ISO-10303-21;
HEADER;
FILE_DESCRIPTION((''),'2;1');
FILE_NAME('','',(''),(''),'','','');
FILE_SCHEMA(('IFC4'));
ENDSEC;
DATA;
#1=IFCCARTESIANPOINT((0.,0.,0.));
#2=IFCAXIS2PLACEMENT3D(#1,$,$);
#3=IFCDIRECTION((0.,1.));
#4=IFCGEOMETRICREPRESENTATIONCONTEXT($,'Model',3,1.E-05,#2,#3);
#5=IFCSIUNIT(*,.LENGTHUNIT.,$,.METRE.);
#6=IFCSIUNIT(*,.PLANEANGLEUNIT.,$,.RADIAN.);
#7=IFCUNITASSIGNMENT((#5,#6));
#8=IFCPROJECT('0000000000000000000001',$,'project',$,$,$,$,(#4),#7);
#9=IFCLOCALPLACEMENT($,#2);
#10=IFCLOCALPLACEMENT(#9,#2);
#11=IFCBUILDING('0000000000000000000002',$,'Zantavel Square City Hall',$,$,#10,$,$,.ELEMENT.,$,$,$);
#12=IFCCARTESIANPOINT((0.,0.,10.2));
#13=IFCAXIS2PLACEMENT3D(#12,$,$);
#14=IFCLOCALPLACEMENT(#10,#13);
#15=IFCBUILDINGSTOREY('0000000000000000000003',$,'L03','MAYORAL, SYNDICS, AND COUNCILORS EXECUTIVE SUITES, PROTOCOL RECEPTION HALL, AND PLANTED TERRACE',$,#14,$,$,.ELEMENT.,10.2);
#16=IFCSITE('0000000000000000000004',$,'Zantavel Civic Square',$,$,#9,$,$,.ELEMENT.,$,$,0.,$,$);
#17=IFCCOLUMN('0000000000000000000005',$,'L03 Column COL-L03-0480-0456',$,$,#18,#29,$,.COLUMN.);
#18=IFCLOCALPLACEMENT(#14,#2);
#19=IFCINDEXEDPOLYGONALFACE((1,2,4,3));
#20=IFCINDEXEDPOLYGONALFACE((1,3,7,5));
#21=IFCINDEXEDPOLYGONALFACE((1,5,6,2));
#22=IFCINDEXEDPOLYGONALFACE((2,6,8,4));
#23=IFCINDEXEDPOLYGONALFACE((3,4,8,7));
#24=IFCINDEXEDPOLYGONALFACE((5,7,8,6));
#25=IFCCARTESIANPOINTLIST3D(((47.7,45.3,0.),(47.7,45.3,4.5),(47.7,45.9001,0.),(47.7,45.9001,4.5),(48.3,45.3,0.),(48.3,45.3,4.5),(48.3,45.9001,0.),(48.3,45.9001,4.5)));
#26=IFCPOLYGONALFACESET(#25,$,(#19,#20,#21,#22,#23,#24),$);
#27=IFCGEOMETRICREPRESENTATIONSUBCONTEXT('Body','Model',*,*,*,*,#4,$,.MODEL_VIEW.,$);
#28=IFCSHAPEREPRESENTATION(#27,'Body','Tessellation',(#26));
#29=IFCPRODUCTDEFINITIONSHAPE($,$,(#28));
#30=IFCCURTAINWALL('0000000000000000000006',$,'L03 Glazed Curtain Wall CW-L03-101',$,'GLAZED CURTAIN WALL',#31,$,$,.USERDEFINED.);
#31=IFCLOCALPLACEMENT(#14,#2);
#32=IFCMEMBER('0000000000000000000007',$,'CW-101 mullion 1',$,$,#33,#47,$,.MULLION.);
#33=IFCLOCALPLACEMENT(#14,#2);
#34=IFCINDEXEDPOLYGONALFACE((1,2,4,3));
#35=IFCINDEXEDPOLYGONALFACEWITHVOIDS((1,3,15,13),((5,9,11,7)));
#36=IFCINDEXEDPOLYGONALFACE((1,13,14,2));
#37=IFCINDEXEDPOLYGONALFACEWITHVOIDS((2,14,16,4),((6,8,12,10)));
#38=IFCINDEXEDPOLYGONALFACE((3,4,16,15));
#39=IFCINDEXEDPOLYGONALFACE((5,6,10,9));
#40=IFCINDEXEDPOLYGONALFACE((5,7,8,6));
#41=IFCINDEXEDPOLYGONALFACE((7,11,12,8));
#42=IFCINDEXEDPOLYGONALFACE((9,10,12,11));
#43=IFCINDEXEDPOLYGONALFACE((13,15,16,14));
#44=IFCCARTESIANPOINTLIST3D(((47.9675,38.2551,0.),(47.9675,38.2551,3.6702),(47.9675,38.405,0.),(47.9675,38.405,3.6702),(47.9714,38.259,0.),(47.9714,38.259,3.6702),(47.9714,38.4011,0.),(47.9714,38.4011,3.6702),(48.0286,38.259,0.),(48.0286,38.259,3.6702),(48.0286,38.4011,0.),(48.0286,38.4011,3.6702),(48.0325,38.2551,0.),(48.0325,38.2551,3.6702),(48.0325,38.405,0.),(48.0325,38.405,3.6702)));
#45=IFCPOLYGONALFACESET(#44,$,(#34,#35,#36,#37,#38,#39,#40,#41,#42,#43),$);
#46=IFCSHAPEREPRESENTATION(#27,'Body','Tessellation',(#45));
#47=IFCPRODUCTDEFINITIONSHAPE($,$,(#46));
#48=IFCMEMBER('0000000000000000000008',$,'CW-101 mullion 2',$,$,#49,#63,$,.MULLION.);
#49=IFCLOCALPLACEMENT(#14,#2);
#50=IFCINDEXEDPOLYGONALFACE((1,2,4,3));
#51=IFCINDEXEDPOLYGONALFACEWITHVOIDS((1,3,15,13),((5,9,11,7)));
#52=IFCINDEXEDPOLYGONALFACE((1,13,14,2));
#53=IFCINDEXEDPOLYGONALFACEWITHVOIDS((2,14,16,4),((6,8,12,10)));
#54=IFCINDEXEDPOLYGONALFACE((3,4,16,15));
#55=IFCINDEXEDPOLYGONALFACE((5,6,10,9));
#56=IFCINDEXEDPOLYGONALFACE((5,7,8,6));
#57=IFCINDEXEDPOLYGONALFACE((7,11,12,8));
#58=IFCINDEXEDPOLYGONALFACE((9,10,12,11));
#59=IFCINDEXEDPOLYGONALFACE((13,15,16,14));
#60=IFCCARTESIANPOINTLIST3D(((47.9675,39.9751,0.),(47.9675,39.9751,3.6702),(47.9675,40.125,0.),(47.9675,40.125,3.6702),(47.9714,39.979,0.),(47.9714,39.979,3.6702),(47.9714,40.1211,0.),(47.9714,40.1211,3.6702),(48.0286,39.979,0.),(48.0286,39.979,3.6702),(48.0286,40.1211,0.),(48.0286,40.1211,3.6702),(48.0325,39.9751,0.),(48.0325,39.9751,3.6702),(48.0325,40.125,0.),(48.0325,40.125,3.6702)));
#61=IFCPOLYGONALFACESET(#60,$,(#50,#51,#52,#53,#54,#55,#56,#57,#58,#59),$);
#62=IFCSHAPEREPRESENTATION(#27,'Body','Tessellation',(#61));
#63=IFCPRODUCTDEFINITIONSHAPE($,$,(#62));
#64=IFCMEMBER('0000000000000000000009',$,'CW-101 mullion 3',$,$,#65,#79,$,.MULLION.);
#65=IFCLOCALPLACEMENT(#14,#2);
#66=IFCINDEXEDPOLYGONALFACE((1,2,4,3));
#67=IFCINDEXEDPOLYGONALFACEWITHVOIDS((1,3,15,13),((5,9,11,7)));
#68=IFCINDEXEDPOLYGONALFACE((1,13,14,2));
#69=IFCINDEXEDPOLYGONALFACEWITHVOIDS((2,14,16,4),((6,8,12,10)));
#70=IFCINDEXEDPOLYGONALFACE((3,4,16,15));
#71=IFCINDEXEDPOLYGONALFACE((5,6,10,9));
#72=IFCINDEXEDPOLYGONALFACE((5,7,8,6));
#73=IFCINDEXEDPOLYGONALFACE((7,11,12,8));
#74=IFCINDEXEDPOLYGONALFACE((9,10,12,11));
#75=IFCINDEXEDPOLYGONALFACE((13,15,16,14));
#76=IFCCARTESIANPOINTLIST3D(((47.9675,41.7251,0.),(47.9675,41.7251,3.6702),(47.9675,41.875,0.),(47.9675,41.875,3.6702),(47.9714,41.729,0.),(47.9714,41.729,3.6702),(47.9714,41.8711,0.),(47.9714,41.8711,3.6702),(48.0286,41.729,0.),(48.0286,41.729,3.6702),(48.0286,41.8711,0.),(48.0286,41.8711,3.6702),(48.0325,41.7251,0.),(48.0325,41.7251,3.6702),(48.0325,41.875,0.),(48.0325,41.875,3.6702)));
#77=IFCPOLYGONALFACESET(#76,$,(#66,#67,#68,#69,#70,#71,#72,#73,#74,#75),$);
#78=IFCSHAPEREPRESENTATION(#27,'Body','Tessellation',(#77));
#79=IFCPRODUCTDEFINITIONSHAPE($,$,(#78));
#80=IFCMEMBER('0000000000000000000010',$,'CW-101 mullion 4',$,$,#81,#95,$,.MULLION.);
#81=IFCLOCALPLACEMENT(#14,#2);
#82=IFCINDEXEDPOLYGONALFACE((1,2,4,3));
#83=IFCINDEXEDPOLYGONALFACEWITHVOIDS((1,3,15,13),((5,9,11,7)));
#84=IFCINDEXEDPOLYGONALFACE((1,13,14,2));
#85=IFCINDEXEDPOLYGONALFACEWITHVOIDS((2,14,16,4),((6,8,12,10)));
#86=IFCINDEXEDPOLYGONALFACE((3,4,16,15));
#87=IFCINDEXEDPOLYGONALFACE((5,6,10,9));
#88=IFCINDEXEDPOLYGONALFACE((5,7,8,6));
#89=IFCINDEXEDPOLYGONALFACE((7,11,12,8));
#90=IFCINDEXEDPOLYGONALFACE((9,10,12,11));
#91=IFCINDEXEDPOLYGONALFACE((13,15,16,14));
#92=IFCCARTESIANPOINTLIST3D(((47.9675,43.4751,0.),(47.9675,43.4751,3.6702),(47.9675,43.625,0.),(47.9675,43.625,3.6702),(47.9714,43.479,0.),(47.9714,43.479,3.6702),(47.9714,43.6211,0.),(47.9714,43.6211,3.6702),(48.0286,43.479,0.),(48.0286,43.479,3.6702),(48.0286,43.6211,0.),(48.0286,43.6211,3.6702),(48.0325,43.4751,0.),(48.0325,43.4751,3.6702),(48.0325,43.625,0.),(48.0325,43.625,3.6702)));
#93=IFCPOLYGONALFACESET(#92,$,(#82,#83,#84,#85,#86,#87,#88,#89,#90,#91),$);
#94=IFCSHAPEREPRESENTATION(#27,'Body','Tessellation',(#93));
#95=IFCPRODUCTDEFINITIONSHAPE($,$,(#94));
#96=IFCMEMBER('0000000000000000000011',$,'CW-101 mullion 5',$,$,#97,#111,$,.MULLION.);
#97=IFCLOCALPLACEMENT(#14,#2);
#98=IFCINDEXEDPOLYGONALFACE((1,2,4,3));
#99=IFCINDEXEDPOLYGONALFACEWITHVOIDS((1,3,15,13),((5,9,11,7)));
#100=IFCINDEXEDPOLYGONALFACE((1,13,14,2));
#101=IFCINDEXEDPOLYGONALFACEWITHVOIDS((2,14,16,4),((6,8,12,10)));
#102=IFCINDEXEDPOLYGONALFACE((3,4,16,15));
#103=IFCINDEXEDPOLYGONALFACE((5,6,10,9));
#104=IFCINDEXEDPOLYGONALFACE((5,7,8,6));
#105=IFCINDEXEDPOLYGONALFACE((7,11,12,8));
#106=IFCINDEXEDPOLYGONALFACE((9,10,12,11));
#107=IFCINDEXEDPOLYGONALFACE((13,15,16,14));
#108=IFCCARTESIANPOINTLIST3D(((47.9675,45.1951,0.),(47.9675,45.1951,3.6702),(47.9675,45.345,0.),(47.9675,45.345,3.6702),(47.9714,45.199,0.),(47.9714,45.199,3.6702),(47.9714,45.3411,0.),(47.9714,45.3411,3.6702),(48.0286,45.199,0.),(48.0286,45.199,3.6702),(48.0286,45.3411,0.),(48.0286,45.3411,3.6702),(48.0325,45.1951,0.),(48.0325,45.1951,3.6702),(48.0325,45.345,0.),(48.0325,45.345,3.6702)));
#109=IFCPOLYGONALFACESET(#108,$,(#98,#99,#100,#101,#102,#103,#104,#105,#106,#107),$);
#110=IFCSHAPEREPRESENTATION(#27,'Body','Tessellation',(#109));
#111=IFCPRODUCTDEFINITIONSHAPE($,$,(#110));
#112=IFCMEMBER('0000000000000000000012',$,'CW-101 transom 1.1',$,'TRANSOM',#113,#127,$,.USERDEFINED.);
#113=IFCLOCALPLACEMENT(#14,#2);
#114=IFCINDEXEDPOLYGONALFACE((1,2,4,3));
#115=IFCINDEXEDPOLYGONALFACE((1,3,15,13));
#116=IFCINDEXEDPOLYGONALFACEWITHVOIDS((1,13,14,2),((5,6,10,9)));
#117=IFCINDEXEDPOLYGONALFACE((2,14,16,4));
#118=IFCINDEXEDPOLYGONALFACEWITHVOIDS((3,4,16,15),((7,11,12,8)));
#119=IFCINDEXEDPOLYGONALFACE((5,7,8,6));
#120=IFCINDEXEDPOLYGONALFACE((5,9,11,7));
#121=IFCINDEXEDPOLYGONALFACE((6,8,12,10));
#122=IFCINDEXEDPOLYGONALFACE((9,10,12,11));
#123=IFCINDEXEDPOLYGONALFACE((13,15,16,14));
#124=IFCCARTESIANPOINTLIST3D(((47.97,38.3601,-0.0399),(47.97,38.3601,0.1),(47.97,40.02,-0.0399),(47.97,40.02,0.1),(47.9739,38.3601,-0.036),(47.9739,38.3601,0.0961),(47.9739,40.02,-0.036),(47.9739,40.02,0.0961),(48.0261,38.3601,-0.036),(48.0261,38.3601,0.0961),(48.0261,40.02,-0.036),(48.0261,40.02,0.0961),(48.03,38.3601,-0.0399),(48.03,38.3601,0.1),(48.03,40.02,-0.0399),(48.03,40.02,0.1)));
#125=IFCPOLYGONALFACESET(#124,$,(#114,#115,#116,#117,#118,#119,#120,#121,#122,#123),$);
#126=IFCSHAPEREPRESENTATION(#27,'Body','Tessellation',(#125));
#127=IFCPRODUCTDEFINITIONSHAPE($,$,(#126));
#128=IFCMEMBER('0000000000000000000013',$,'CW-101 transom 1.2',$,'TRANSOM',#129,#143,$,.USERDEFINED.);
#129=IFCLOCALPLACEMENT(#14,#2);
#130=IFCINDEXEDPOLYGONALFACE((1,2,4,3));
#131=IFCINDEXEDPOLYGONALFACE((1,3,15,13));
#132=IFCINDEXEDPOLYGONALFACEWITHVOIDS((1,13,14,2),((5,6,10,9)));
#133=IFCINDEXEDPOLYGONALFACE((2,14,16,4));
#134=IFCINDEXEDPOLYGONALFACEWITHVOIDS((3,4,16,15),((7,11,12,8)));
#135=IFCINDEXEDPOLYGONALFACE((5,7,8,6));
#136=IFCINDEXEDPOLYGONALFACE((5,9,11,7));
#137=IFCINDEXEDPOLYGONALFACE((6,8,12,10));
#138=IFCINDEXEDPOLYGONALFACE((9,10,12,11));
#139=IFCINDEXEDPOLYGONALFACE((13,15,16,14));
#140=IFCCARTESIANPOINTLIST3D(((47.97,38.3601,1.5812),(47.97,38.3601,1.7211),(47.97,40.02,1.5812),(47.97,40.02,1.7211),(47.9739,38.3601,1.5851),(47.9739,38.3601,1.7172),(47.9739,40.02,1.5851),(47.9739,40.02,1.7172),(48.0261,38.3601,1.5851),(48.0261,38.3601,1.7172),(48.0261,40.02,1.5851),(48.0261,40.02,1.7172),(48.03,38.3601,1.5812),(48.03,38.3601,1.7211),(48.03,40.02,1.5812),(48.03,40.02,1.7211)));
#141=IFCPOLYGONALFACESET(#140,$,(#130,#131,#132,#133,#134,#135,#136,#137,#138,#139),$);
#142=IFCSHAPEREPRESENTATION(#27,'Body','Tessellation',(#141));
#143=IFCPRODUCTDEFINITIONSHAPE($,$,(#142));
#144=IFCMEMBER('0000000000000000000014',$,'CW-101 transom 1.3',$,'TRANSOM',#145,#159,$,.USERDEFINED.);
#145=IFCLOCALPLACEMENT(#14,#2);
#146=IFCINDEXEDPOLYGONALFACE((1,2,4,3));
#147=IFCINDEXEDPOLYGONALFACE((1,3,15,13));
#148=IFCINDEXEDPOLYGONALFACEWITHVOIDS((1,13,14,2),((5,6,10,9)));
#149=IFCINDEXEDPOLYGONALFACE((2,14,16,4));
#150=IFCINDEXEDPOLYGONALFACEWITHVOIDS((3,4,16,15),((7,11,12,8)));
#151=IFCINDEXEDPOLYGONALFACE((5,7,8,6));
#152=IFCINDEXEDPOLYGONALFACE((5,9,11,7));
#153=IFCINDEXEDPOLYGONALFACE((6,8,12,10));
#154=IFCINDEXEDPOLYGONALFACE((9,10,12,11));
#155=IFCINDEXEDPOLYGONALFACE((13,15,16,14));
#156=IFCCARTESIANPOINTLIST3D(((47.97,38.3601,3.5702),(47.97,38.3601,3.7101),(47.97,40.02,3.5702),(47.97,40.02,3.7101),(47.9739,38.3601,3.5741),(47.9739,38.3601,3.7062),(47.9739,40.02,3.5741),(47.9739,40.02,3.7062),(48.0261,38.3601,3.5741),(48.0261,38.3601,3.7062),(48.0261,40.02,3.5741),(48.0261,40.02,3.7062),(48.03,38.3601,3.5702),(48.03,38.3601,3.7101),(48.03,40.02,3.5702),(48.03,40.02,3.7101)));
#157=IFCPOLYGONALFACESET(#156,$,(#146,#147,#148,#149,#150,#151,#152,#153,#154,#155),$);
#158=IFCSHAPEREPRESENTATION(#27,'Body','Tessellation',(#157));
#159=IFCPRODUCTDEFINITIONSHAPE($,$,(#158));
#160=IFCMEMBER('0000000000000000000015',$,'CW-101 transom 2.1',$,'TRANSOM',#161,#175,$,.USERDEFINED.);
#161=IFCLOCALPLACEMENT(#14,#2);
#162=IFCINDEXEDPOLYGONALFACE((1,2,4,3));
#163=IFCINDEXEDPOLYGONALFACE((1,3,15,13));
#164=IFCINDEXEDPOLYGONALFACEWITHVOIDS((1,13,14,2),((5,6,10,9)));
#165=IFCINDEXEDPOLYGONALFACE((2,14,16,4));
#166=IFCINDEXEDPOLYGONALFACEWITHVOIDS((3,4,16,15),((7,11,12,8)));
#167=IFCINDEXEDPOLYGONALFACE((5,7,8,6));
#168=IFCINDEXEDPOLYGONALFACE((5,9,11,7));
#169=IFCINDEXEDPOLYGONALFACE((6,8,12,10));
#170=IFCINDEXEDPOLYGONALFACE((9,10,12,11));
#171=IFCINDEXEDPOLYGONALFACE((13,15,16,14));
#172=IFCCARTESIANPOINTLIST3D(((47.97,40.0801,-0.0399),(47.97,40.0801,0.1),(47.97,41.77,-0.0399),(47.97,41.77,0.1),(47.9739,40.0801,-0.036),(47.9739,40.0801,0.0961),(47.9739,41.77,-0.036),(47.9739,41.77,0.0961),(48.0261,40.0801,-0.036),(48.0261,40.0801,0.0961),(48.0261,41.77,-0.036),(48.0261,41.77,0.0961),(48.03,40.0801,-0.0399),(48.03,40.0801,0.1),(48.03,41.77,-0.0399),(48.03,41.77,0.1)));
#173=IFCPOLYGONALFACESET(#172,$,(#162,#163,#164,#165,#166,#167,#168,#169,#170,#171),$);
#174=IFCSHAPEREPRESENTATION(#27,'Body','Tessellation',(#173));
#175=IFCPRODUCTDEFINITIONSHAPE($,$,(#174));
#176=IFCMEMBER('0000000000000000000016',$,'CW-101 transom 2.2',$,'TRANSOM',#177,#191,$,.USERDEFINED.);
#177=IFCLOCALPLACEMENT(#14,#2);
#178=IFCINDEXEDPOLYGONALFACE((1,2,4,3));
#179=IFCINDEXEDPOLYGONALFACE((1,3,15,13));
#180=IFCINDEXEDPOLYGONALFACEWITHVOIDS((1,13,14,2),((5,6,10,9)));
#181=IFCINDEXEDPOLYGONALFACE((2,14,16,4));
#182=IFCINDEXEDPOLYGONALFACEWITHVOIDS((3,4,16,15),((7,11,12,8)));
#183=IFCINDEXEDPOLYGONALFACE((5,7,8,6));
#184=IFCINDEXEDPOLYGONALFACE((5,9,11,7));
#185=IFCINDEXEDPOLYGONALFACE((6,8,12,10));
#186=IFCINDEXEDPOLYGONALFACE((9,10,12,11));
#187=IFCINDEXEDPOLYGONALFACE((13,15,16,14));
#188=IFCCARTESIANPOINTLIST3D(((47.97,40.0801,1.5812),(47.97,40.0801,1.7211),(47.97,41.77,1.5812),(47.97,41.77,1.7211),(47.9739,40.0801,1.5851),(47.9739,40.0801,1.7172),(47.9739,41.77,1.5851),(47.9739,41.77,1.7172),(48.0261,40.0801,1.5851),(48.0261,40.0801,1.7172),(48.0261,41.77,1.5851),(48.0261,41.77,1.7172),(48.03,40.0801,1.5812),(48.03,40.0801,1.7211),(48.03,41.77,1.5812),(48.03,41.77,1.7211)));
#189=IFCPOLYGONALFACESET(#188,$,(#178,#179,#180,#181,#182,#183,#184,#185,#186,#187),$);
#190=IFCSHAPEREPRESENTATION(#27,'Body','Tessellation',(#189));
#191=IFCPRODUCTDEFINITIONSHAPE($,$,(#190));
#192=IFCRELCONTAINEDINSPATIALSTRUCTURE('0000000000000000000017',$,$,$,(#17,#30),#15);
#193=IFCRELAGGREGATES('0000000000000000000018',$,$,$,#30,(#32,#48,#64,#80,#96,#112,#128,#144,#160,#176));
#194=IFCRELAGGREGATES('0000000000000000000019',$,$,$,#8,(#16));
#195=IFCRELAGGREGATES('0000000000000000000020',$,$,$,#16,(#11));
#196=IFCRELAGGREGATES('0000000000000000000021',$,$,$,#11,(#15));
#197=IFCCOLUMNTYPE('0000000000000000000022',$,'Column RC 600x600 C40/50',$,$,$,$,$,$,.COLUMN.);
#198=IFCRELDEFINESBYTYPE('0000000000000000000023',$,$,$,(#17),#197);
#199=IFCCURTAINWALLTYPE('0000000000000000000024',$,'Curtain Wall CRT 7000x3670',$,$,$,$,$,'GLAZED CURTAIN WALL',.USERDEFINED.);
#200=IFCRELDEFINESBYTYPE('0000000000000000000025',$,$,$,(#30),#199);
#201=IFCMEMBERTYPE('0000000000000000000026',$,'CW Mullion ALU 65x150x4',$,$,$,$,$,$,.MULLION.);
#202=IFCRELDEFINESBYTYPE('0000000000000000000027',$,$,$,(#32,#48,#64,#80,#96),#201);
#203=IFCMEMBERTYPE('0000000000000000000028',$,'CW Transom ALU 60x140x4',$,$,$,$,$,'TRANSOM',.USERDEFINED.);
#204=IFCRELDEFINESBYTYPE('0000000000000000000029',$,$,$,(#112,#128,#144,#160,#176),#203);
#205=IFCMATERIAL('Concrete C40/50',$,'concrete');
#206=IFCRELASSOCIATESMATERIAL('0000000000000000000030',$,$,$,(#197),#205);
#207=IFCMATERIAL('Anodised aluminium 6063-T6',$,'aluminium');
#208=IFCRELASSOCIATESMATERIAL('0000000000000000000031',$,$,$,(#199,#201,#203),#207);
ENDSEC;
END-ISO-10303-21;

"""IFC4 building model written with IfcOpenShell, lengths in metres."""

from ifc_helpers import new_model, si_unit, direction, frame, origin, origin_2d, place, context, subcontext, project, spatial, rectangle, hollow_rectangle, extrude, material, material_profile, profile_set, type_object, element, aggregate, save


model = new_model("IFC4")

# Units and contexts
model_context = context("Model", 3, precision=1e-05, world=origin(), true_north=direction((0.0, 1.0)))
body_context = subcontext(model_context, "Body", "Model", "MODEL_VIEW")
ifc_project = project(units=[si_unit("LENGTHUNIT", "METRE"), si_unit("PLANEANGLEUNIT", "RADIAN")], contexts=[model_context])

# Site, building, storey
site_placement = place(None, origin())
site = spatial("IfcSite", under=ifc_project, at=site_placement, Name="Zantavel Civic Square", CompositionType="ELEMENT", RefElevation=0.0)
building_placement = place(site_placement, origin())
building = spatial("IfcBuilding", under=site, at=building_placement, Name="Zantavel Square City Hall", CompositionType="ELEMENT")
storey_placement = place(building_placement, frame((0.0, 0.0, 10.2)))
storey = spatial("IfcBuildingStorey", under=building, at=storey_placement, Name="L03", Description="MAYORAL, SYNDICS, AND COUNCILORS EXECUTIVE SUITES, PROTOCOL RECEPTION HALL, AND PLANTED TERRACE", CompositionType="ELEMENT", Elevation=10.2)

# Column
ifc_material_1 = material(Name="Concrete C40/50", Category="concrete")
ifc_material_profile_1 = material_profile(ifc_material_1, rectangle(XDim=0.6001, YDim=0.6001, at=origin_2d()), Name="RC 600x600")
ifc_profile_set_1 = profile_set([ifc_material_profile_1], Name="Concrete C40/50")
column_type = type_object("IfcColumnType", Name="Column RC 600x600 C40/50", PredefinedType="COLUMN", material=ifc_profile_set_1)
column_placement = place(storey_placement, frame((48.0, 45.6001, 0.0), z_axis=(0.0, 0.0, 1.0), x_axis=(1.0, 0.0, 0.0)))
element("IfcColumn", 1, at=column_placement, inside=storey, type_object=column_type, Name="L03 Column COL-L03-0480-0456", PredefinedType="COLUMN", context=body_context, shape_type="SweptSolid", body=[
    extrude(rectangle(XDim=0.6001, YDim=0.6001, at=origin_2d()), origin(), (0.0, 0.0, 1.0), 4.5),
])

# Curtain wall, members
ifc_material_2 = material(Name="Anodised aluminium 6063-T6", Category="aluminium")
curtain_wall_type = type_object("IfcCurtainWallType", Name="Curtain Wall CRT 7000x3670", ElementType="GLAZED CURTAIN WALL", PredefinedType="USERDEFINED", material=ifc_material_2)
curtain_wall_placement = place(storey_placement, origin())
curtain_wall = element("IfcCurtainWall", 2, at=curtain_wall_placement, inside=storey, type_object=curtain_wall_type, Name="L03 Glazed Curtain Wall CW-L03-101", ObjectType="GLAZED CURTAIN WALL", PredefinedType="USERDEFINED")
ifc_material_profile_2 = material_profile(ifc_material_2, hollow_rectangle(XDim=0.0649, YDim=0.1499, WallThickness=0.0039, at=origin_2d()), Name="ALU 65x150x4")
ifc_profile_set_2 = profile_set([ifc_material_profile_2], Name="Anodised aluminium 6063-T6")
member_type_1 = type_object("IfcMemberType", Name="CW Mullion ALU 65x150x4", PredefinedType="MULLION", material=ifc_profile_set_2)
member_1_placement = place(storey_placement, frame((48.0, 38.3301, 0.0), z_axis=(0.0, 0.0, 1.0), x_axis=(-1.0, 0.0, 0.0)))
member_1 = element("IfcMember", 3, at=member_1_placement, type_object=member_type_1, Name="CW-101 mullion 1", PredefinedType="MULLION", context=body_context, shape_type="SweptSolid", body=[
    extrude(hollow_rectangle(XDim=0.0649, YDim=0.1499, WallThickness=0.0039, at=origin_2d()), origin(), (0.0, 0.0, 1.0), 3.6702),
])
member_2_placement = place(storey_placement, frame((48.0, 40.05, 0.0), z_axis=(0.0, 0.0, 1.0), x_axis=(-1.0, 0.0, 0.0)))
member_2 = element("IfcMember", 4, at=member_2_placement, type_object=member_type_1, Name="CW-101 mullion 2", PredefinedType="MULLION", context=body_context, shape_type="SweptSolid", body=[
    extrude(hollow_rectangle(XDim=0.0649, YDim=0.1499, WallThickness=0.0039, at=origin_2d()), origin(), (0.0, 0.0, 1.0), 3.6702),
])
member_3_placement = place(storey_placement, frame((48.0, 41.8, 0.0), z_axis=(0.0, 0.0, 1.0), x_axis=(-1.0, 0.0, 0.0)))
member_3 = element("IfcMember", 5, at=member_3_placement, type_object=member_type_1, Name="CW-101 mullion 3", PredefinedType="MULLION", context=body_context, shape_type="SweptSolid", body=[
    extrude(hollow_rectangle(XDim=0.0649, YDim=0.1499, WallThickness=0.0039, at=origin_2d()), origin(), (0.0, 0.0, 1.0), 3.6702),
])
member_4_placement = place(storey_placement, frame((48.0, 43.55, 0.0), z_axis=(0.0, 0.0, 1.0), x_axis=(-1.0, 0.0, 0.0)))
member_4 = element("IfcMember", 6, at=member_4_placement, type_object=member_type_1, Name="CW-101 mullion 4", PredefinedType="MULLION", context=body_context, shape_type="SweptSolid", body=[
    extrude(hollow_rectangle(XDim=0.0649, YDim=0.1499, WallThickness=0.0039, at=origin_2d()), origin(), (0.0, 0.0, 1.0), 3.6702),
])
member_5_placement = place(storey_placement, frame((48.0, 45.27, 0.0), z_axis=(0.0, 0.0, 1.0), x_axis=(-1.0, 0.0, 0.0)))
member_5 = element("IfcMember", 7, at=member_5_placement, type_object=member_type_1, Name="CW-101 mullion 5", PredefinedType="MULLION", context=body_context, shape_type="SweptSolid", body=[
    extrude(hollow_rectangle(XDim=0.0649, YDim=0.1499, WallThickness=0.0039, at=origin_2d()), origin(), (0.0, 0.0, 1.0), 3.6702),
])
ifc_material_profile_3 = material_profile(ifc_material_2, hollow_rectangle(XDim=0.0601, YDim=0.1399, WallThickness=0.0039, at=origin_2d()), Name="ALU 60x140x4")
ifc_profile_set_3 = profile_set([ifc_material_profile_3], Name="Anodised aluminium 6063-T6")
member_type_2 = type_object("IfcMemberType", Name="CW Transom ALU 60x140x4", ElementType="TRANSOM", PredefinedType="USERDEFINED", material=ifc_profile_set_3)
member_6_placement = place(storey_placement, frame((48.0, 38.3601, 0.03), z_axis=(0.0, 1.0, 0.0), x_axis=(-1.0, 0.0, 0.0)))
member_6 = element("IfcMember", 8, at=member_6_placement, type_object=member_type_2, Name="CW-101 transom 1.1", ObjectType="TRANSOM", PredefinedType="USERDEFINED", context=body_context, shape_type="SweptSolid", body=[
    extrude(hollow_rectangle(XDim=0.0601, YDim=0.1399, WallThickness=0.0039, at=origin_2d()), origin(), (0.0, 0.0, 1.0), 1.6599),
])
member_7_placement = place(storey_placement, frame((48.0, 38.3601, 1.6511), z_axis=(0.0, 1.0, 0.0), x_axis=(-1.0, 0.0, 0.0)))
member_7 = element("IfcMember", 9, at=member_7_placement, type_object=member_type_2, Name="CW-101 transom 1.2", ObjectType="TRANSOM", PredefinedType="USERDEFINED", context=body_context, shape_type="SweptSolid", body=[
    extrude(hollow_rectangle(XDim=0.0601, YDim=0.1399, WallThickness=0.0039, at=origin_2d()), origin(), (0.0, 0.0, 1.0), 1.6599),
])
member_8_placement = place(storey_placement, frame((48.0, 38.3601, 3.6401), z_axis=(0.0, 1.0, 0.0), x_axis=(-1.0, 0.0, 0.0)))
member_8 = element("IfcMember", 10, at=member_8_placement, type_object=member_type_2, Name="CW-101 transom 1.3", ObjectType="TRANSOM", PredefinedType="USERDEFINED", context=body_context, shape_type="SweptSolid", body=[
    extrude(hollow_rectangle(XDim=0.0601, YDim=0.1399, WallThickness=0.0039, at=origin_2d()), origin(), (0.0, 0.0, 1.0), 1.6599),
])
member_9_placement = place(storey_placement, frame((48.0, 40.0801, 0.03), z_axis=(0.0, 1.0, 0.0), x_axis=(-1.0, 0.0, 0.0)))
member_9 = element("IfcMember", 11, at=member_9_placement, type_object=member_type_2, Name="CW-101 transom 2.1", ObjectType="TRANSOM", PredefinedType="USERDEFINED", context=body_context, shape_type="SweptSolid", body=[
    extrude(hollow_rectangle(XDim=0.0601, YDim=0.1399, WallThickness=0.0039, at=origin_2d()), origin(), (0.0, 0.0, 1.0), 1.6899),
])
member_10_placement = place(storey_placement, frame((48.0, 40.0801, 1.6511), z_axis=(0.0, 1.0, 0.0), x_axis=(-1.0, 0.0, 0.0)))
member_10 = element("IfcMember", 12, at=member_10_placement, type_object=member_type_2, Name="CW-101 transom 2.2", ObjectType="TRANSOM", PredefinedType="USERDEFINED", context=body_context, shape_type="SweptSolid", body=[
    extrude(hollow_rectangle(XDim=0.0601, YDim=0.1399, WallThickness=0.0039, at=origin_2d()), origin(), (0.0, 0.0, 1.0), 1.6899),
])

aggregate(curtain_wall, [member_1, member_2, member_3, member_4, member_5, member_6, member_7, member_8, member_9, member_10])

save(model, "model.ifc")
